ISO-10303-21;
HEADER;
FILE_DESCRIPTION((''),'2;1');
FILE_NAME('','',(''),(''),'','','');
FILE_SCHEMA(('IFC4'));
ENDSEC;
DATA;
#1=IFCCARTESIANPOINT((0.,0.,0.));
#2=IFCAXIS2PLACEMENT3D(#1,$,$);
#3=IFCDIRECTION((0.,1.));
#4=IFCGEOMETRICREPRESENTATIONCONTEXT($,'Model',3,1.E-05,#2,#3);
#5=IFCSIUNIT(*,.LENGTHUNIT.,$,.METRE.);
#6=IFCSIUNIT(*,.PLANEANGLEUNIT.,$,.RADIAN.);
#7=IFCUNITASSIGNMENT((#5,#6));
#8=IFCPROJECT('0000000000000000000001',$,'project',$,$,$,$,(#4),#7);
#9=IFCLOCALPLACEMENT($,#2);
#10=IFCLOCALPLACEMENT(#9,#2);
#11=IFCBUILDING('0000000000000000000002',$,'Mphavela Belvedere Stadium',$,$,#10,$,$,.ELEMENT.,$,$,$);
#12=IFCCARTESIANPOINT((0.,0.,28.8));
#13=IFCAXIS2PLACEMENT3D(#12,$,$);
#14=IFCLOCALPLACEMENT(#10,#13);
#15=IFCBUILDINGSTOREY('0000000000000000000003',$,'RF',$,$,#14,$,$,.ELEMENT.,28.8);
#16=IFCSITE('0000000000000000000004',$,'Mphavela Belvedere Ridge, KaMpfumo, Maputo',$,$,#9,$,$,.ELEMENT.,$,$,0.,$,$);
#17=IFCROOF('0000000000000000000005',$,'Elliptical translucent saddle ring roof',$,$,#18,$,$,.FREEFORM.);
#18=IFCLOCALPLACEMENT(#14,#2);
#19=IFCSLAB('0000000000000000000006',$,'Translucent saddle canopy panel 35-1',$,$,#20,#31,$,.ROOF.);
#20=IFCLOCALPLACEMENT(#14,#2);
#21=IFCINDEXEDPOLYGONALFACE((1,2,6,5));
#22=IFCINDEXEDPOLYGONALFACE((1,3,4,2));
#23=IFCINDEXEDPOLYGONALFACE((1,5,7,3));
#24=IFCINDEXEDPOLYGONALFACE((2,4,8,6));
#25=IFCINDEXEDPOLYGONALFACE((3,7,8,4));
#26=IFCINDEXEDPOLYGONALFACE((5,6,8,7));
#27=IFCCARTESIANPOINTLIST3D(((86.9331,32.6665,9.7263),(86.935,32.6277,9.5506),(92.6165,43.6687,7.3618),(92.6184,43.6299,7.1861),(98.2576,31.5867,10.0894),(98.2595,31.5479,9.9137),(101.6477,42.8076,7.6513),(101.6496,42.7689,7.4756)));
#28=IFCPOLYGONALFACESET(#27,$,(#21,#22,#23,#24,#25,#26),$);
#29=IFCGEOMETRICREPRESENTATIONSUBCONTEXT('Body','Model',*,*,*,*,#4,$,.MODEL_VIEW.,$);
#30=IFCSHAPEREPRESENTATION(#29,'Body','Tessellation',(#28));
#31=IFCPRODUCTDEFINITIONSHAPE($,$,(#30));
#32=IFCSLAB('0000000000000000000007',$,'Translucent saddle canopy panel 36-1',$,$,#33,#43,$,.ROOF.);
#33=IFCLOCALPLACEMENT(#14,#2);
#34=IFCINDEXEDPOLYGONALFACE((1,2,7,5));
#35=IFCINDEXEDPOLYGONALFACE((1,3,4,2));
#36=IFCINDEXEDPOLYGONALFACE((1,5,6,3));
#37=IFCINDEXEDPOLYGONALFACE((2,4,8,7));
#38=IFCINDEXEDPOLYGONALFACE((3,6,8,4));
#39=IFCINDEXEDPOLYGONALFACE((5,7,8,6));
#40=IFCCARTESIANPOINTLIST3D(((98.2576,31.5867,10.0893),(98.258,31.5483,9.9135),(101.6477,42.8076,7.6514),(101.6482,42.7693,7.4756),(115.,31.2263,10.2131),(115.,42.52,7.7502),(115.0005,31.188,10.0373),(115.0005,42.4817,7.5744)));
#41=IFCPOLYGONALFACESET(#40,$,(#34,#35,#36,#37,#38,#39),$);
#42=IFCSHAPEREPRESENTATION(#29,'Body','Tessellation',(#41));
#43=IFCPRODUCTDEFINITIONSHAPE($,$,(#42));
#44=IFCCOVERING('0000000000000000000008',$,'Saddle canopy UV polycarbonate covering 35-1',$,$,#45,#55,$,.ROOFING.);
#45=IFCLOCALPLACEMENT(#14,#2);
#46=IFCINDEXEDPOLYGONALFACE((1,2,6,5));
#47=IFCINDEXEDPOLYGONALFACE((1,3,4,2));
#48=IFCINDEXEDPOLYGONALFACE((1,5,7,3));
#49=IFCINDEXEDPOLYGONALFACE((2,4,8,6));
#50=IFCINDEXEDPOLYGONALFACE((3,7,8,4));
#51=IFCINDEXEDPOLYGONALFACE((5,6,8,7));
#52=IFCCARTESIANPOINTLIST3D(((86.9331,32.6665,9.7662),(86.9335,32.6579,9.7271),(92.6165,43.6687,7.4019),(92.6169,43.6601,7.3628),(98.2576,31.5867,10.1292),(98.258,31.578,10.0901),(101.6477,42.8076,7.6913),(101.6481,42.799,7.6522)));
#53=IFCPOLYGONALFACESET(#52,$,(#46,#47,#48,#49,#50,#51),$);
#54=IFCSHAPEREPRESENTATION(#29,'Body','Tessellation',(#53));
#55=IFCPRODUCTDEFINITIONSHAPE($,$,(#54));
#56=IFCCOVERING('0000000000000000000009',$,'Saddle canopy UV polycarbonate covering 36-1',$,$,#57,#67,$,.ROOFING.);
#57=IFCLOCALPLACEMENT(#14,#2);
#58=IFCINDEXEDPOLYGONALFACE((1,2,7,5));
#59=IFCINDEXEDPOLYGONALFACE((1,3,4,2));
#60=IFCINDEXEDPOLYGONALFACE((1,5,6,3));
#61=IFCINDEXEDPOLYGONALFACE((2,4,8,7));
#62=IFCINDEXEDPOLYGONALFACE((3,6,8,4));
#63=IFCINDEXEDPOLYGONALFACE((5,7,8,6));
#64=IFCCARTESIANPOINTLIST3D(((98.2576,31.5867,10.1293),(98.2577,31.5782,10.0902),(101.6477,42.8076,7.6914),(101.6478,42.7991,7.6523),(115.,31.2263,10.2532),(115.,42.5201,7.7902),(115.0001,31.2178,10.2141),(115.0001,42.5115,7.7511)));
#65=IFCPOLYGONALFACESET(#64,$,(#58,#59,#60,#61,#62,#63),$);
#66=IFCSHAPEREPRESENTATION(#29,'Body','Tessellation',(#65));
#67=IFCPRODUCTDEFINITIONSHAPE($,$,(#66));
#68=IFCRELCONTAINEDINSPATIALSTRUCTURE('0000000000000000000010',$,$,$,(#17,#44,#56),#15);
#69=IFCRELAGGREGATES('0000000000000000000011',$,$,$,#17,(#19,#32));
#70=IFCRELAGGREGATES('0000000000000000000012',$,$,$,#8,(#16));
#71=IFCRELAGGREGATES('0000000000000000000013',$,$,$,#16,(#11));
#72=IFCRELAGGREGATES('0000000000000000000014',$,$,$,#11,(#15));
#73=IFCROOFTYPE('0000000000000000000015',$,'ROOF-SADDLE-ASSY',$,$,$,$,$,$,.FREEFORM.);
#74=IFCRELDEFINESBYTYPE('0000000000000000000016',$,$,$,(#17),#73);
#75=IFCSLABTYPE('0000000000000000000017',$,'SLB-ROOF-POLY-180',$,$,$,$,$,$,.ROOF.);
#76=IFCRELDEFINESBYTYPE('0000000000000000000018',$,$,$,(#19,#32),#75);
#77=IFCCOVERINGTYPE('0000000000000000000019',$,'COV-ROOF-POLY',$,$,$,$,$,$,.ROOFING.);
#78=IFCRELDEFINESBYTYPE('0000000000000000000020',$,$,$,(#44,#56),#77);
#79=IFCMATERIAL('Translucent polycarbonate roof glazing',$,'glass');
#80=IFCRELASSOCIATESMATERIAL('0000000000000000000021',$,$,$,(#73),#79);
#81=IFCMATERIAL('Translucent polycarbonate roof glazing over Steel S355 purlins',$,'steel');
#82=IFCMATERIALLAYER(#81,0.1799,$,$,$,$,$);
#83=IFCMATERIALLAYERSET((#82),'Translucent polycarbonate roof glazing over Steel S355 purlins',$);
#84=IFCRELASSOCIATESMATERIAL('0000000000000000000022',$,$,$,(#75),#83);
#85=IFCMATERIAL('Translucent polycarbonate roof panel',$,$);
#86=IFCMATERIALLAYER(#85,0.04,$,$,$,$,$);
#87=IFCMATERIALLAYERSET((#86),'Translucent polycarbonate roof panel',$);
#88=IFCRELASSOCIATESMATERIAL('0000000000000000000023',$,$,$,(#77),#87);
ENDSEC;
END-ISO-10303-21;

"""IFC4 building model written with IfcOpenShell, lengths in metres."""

from ifc_helpers import new_model, si_unit, direction, frame, origin, place, context, subcontext, project, spatial, polyline, outline, extrude, material, layer, layer_set, type_object, element, aggregate, save


model = new_model("IFC4")

# Units and contexts
model_context = context("Model", 3, precision=1e-05, world=origin(), true_north=direction((0.0, 1.0)))
body_context = subcontext(model_context, "Body", "Model", "MODEL_VIEW")
ifc_project = project(units=[si_unit("LENGTHUNIT", "METRE"), si_unit("PLANEANGLEUNIT", "RADIAN")], contexts=[model_context])

# Site, building, storey
site_placement = place(None, origin())
site = spatial("IfcSite", under=ifc_project, at=site_placement, Name="Mphavela Belvedere Ridge, KaMpfumo, Maputo", CompositionType="ELEMENT", RefElevation=0.0)
building_placement = place(site_placement, origin())
building = spatial("IfcBuilding", under=site, at=building_placement, Name="Mphavela Belvedere Stadium", CompositionType="ELEMENT")
storey_placement = place(building_placement, frame((0.0, 0.0, 28.8)))
storey = spatial("IfcBuildingStorey", under=building, at=storey_placement, Name="RF", CompositionType="ELEMENT", Elevation=28.8)

# Roof, slabs
ifc_material_1 = material(Name="Translucent polycarbonate roof glazing", Category="glass")
roof_type = type_object("IfcRoofType", Name="ROOF-SADDLE-ASSY", PredefinedType="FREEFORM", material=ifc_material_1)
roof_placement = place(storey_placement, origin())
roof = element("IfcRoof", 1, at=roof_placement, inside=storey, type_object=roof_type, Name="Elliptical translucent saddle ring roof", PredefinedType="FREEFORM")
ifc_material_2 = material(Name="Translucent polycarbonate roof glazing over Steel S355 purlins", Category="steel")
ifc_layer_1 = layer(ifc_material_2, 0.1799)
ifc_layer_set_1 = layer_set([ifc_layer_1], Name="Translucent polycarbonate roof glazing over Steel S355 purlins")
slab_type = type_object("IfcSlabType", Name="SLB-ROOF-POLY-180", PredefinedType="ROOF", material=ifc_layer_set_1)
slab_1_placement = place(storey_placement, frame((92.6165, 43.6687, 7.3618), z_axis=(-0.010765, 0.215412, 0.976464), x_axis=(0.994979, -0.094867, 0.031897)))
slab_1 = element("IfcSlab", 2, at=slab_1_placement, type_object=slab_type, Name="Translucent saddle canopy panel 35-1", PredefinedType="ROOF", context=body_context, shape_type="SweptSolid", body=[
    extrude(outline(polyline([(0.0, 0.0), (9.0768, 0.0), (6.846, -11.7631), (-4.5356, -11.763), (0.0, 0.0)])), origin(), (0.0, 0.0, -1.0), 0.1799),
])
slab_2_placement = place(storey_placement, frame((101.6477, 42.8076, 7.6514), z_axis=(-0.002641, 0.213073, 0.977033), x_axis=(0.999741, -0.021535, 0.007399)))
slab_2 = element("IfcSlab", 3, at=slab_2_placement, type_object=slab_type, Name="Translucent saddle canopy panel 36-1", PredefinedType="ROOF", context=body_context, shape_type="SweptSolid", body=[
    extrude(outline(polyline([(0.0, 0.0), (13.3558, 0.0), (13.6172, -11.5562), (-3.1296, -11.5565), (0.0, 0.0)])), origin(), (0.0, 0.0, -1.0), 0.1799),
])
aggregate(roof, [slab_1, slab_2])

# Coverings
ifc_material_3 = material(Name="Translucent polycarbonate roof panel")
ifc_layer_2 = layer(ifc_material_3, 0.04)
ifc_layer_set_2 = layer_set([ifc_layer_2], Name="Translucent polycarbonate roof panel")
covering_type = type_object("IfcCoveringType", Name="COV-ROOF-POLY", PredefinedType="ROOFING", material=ifc_layer_set_2)
covering_1_placement = place(storey_placement, frame((92.6165, 43.6687, 7.4019), z_axis=(-0.010755, 0.215398, 0.976467), x_axis=(0.994979, -0.094869, 0.031886)))
element("IfcCovering", 4, at=covering_1_placement, inside=storey, type_object=covering_type, Name="Saddle canopy UV polycarbonate covering 35-1", PredefinedType="ROOFING", context=body_context, shape_type="SweptSolid", body=[
    extrude(outline(polyline([(0.0, 0.0), (9.0768, 0.0), (6.846, -11.763), (-4.5356, -11.763), (0.0, 0.0)])), origin(), (0.0, 0.0, -1.0), 0.04),
])
covering_2_placement = place(storey_placement, frame((101.6477, 42.8076, 7.6914), z_axis=(-0.002641, 0.213073, 0.977033), x_axis=(0.999741, -0.021531, 0.007398)))
element("IfcCovering", 5, at=covering_2_placement, inside=storey, type_object=covering_type, Name="Saddle canopy UV polycarbonate covering 36-1", PredefinedType="ROOFING", context=body_context, shape_type="SweptSolid", body=[
    extrude(outline(polyline([(0.0, 0.0), (13.3558, 0.0), (13.6171, -11.5562), (-3.1296, -11.5564), (0.0, 0.0)])), origin(), (0.0, 0.0, -1.0), 0.04),
])

save(model, "model.ifc")
